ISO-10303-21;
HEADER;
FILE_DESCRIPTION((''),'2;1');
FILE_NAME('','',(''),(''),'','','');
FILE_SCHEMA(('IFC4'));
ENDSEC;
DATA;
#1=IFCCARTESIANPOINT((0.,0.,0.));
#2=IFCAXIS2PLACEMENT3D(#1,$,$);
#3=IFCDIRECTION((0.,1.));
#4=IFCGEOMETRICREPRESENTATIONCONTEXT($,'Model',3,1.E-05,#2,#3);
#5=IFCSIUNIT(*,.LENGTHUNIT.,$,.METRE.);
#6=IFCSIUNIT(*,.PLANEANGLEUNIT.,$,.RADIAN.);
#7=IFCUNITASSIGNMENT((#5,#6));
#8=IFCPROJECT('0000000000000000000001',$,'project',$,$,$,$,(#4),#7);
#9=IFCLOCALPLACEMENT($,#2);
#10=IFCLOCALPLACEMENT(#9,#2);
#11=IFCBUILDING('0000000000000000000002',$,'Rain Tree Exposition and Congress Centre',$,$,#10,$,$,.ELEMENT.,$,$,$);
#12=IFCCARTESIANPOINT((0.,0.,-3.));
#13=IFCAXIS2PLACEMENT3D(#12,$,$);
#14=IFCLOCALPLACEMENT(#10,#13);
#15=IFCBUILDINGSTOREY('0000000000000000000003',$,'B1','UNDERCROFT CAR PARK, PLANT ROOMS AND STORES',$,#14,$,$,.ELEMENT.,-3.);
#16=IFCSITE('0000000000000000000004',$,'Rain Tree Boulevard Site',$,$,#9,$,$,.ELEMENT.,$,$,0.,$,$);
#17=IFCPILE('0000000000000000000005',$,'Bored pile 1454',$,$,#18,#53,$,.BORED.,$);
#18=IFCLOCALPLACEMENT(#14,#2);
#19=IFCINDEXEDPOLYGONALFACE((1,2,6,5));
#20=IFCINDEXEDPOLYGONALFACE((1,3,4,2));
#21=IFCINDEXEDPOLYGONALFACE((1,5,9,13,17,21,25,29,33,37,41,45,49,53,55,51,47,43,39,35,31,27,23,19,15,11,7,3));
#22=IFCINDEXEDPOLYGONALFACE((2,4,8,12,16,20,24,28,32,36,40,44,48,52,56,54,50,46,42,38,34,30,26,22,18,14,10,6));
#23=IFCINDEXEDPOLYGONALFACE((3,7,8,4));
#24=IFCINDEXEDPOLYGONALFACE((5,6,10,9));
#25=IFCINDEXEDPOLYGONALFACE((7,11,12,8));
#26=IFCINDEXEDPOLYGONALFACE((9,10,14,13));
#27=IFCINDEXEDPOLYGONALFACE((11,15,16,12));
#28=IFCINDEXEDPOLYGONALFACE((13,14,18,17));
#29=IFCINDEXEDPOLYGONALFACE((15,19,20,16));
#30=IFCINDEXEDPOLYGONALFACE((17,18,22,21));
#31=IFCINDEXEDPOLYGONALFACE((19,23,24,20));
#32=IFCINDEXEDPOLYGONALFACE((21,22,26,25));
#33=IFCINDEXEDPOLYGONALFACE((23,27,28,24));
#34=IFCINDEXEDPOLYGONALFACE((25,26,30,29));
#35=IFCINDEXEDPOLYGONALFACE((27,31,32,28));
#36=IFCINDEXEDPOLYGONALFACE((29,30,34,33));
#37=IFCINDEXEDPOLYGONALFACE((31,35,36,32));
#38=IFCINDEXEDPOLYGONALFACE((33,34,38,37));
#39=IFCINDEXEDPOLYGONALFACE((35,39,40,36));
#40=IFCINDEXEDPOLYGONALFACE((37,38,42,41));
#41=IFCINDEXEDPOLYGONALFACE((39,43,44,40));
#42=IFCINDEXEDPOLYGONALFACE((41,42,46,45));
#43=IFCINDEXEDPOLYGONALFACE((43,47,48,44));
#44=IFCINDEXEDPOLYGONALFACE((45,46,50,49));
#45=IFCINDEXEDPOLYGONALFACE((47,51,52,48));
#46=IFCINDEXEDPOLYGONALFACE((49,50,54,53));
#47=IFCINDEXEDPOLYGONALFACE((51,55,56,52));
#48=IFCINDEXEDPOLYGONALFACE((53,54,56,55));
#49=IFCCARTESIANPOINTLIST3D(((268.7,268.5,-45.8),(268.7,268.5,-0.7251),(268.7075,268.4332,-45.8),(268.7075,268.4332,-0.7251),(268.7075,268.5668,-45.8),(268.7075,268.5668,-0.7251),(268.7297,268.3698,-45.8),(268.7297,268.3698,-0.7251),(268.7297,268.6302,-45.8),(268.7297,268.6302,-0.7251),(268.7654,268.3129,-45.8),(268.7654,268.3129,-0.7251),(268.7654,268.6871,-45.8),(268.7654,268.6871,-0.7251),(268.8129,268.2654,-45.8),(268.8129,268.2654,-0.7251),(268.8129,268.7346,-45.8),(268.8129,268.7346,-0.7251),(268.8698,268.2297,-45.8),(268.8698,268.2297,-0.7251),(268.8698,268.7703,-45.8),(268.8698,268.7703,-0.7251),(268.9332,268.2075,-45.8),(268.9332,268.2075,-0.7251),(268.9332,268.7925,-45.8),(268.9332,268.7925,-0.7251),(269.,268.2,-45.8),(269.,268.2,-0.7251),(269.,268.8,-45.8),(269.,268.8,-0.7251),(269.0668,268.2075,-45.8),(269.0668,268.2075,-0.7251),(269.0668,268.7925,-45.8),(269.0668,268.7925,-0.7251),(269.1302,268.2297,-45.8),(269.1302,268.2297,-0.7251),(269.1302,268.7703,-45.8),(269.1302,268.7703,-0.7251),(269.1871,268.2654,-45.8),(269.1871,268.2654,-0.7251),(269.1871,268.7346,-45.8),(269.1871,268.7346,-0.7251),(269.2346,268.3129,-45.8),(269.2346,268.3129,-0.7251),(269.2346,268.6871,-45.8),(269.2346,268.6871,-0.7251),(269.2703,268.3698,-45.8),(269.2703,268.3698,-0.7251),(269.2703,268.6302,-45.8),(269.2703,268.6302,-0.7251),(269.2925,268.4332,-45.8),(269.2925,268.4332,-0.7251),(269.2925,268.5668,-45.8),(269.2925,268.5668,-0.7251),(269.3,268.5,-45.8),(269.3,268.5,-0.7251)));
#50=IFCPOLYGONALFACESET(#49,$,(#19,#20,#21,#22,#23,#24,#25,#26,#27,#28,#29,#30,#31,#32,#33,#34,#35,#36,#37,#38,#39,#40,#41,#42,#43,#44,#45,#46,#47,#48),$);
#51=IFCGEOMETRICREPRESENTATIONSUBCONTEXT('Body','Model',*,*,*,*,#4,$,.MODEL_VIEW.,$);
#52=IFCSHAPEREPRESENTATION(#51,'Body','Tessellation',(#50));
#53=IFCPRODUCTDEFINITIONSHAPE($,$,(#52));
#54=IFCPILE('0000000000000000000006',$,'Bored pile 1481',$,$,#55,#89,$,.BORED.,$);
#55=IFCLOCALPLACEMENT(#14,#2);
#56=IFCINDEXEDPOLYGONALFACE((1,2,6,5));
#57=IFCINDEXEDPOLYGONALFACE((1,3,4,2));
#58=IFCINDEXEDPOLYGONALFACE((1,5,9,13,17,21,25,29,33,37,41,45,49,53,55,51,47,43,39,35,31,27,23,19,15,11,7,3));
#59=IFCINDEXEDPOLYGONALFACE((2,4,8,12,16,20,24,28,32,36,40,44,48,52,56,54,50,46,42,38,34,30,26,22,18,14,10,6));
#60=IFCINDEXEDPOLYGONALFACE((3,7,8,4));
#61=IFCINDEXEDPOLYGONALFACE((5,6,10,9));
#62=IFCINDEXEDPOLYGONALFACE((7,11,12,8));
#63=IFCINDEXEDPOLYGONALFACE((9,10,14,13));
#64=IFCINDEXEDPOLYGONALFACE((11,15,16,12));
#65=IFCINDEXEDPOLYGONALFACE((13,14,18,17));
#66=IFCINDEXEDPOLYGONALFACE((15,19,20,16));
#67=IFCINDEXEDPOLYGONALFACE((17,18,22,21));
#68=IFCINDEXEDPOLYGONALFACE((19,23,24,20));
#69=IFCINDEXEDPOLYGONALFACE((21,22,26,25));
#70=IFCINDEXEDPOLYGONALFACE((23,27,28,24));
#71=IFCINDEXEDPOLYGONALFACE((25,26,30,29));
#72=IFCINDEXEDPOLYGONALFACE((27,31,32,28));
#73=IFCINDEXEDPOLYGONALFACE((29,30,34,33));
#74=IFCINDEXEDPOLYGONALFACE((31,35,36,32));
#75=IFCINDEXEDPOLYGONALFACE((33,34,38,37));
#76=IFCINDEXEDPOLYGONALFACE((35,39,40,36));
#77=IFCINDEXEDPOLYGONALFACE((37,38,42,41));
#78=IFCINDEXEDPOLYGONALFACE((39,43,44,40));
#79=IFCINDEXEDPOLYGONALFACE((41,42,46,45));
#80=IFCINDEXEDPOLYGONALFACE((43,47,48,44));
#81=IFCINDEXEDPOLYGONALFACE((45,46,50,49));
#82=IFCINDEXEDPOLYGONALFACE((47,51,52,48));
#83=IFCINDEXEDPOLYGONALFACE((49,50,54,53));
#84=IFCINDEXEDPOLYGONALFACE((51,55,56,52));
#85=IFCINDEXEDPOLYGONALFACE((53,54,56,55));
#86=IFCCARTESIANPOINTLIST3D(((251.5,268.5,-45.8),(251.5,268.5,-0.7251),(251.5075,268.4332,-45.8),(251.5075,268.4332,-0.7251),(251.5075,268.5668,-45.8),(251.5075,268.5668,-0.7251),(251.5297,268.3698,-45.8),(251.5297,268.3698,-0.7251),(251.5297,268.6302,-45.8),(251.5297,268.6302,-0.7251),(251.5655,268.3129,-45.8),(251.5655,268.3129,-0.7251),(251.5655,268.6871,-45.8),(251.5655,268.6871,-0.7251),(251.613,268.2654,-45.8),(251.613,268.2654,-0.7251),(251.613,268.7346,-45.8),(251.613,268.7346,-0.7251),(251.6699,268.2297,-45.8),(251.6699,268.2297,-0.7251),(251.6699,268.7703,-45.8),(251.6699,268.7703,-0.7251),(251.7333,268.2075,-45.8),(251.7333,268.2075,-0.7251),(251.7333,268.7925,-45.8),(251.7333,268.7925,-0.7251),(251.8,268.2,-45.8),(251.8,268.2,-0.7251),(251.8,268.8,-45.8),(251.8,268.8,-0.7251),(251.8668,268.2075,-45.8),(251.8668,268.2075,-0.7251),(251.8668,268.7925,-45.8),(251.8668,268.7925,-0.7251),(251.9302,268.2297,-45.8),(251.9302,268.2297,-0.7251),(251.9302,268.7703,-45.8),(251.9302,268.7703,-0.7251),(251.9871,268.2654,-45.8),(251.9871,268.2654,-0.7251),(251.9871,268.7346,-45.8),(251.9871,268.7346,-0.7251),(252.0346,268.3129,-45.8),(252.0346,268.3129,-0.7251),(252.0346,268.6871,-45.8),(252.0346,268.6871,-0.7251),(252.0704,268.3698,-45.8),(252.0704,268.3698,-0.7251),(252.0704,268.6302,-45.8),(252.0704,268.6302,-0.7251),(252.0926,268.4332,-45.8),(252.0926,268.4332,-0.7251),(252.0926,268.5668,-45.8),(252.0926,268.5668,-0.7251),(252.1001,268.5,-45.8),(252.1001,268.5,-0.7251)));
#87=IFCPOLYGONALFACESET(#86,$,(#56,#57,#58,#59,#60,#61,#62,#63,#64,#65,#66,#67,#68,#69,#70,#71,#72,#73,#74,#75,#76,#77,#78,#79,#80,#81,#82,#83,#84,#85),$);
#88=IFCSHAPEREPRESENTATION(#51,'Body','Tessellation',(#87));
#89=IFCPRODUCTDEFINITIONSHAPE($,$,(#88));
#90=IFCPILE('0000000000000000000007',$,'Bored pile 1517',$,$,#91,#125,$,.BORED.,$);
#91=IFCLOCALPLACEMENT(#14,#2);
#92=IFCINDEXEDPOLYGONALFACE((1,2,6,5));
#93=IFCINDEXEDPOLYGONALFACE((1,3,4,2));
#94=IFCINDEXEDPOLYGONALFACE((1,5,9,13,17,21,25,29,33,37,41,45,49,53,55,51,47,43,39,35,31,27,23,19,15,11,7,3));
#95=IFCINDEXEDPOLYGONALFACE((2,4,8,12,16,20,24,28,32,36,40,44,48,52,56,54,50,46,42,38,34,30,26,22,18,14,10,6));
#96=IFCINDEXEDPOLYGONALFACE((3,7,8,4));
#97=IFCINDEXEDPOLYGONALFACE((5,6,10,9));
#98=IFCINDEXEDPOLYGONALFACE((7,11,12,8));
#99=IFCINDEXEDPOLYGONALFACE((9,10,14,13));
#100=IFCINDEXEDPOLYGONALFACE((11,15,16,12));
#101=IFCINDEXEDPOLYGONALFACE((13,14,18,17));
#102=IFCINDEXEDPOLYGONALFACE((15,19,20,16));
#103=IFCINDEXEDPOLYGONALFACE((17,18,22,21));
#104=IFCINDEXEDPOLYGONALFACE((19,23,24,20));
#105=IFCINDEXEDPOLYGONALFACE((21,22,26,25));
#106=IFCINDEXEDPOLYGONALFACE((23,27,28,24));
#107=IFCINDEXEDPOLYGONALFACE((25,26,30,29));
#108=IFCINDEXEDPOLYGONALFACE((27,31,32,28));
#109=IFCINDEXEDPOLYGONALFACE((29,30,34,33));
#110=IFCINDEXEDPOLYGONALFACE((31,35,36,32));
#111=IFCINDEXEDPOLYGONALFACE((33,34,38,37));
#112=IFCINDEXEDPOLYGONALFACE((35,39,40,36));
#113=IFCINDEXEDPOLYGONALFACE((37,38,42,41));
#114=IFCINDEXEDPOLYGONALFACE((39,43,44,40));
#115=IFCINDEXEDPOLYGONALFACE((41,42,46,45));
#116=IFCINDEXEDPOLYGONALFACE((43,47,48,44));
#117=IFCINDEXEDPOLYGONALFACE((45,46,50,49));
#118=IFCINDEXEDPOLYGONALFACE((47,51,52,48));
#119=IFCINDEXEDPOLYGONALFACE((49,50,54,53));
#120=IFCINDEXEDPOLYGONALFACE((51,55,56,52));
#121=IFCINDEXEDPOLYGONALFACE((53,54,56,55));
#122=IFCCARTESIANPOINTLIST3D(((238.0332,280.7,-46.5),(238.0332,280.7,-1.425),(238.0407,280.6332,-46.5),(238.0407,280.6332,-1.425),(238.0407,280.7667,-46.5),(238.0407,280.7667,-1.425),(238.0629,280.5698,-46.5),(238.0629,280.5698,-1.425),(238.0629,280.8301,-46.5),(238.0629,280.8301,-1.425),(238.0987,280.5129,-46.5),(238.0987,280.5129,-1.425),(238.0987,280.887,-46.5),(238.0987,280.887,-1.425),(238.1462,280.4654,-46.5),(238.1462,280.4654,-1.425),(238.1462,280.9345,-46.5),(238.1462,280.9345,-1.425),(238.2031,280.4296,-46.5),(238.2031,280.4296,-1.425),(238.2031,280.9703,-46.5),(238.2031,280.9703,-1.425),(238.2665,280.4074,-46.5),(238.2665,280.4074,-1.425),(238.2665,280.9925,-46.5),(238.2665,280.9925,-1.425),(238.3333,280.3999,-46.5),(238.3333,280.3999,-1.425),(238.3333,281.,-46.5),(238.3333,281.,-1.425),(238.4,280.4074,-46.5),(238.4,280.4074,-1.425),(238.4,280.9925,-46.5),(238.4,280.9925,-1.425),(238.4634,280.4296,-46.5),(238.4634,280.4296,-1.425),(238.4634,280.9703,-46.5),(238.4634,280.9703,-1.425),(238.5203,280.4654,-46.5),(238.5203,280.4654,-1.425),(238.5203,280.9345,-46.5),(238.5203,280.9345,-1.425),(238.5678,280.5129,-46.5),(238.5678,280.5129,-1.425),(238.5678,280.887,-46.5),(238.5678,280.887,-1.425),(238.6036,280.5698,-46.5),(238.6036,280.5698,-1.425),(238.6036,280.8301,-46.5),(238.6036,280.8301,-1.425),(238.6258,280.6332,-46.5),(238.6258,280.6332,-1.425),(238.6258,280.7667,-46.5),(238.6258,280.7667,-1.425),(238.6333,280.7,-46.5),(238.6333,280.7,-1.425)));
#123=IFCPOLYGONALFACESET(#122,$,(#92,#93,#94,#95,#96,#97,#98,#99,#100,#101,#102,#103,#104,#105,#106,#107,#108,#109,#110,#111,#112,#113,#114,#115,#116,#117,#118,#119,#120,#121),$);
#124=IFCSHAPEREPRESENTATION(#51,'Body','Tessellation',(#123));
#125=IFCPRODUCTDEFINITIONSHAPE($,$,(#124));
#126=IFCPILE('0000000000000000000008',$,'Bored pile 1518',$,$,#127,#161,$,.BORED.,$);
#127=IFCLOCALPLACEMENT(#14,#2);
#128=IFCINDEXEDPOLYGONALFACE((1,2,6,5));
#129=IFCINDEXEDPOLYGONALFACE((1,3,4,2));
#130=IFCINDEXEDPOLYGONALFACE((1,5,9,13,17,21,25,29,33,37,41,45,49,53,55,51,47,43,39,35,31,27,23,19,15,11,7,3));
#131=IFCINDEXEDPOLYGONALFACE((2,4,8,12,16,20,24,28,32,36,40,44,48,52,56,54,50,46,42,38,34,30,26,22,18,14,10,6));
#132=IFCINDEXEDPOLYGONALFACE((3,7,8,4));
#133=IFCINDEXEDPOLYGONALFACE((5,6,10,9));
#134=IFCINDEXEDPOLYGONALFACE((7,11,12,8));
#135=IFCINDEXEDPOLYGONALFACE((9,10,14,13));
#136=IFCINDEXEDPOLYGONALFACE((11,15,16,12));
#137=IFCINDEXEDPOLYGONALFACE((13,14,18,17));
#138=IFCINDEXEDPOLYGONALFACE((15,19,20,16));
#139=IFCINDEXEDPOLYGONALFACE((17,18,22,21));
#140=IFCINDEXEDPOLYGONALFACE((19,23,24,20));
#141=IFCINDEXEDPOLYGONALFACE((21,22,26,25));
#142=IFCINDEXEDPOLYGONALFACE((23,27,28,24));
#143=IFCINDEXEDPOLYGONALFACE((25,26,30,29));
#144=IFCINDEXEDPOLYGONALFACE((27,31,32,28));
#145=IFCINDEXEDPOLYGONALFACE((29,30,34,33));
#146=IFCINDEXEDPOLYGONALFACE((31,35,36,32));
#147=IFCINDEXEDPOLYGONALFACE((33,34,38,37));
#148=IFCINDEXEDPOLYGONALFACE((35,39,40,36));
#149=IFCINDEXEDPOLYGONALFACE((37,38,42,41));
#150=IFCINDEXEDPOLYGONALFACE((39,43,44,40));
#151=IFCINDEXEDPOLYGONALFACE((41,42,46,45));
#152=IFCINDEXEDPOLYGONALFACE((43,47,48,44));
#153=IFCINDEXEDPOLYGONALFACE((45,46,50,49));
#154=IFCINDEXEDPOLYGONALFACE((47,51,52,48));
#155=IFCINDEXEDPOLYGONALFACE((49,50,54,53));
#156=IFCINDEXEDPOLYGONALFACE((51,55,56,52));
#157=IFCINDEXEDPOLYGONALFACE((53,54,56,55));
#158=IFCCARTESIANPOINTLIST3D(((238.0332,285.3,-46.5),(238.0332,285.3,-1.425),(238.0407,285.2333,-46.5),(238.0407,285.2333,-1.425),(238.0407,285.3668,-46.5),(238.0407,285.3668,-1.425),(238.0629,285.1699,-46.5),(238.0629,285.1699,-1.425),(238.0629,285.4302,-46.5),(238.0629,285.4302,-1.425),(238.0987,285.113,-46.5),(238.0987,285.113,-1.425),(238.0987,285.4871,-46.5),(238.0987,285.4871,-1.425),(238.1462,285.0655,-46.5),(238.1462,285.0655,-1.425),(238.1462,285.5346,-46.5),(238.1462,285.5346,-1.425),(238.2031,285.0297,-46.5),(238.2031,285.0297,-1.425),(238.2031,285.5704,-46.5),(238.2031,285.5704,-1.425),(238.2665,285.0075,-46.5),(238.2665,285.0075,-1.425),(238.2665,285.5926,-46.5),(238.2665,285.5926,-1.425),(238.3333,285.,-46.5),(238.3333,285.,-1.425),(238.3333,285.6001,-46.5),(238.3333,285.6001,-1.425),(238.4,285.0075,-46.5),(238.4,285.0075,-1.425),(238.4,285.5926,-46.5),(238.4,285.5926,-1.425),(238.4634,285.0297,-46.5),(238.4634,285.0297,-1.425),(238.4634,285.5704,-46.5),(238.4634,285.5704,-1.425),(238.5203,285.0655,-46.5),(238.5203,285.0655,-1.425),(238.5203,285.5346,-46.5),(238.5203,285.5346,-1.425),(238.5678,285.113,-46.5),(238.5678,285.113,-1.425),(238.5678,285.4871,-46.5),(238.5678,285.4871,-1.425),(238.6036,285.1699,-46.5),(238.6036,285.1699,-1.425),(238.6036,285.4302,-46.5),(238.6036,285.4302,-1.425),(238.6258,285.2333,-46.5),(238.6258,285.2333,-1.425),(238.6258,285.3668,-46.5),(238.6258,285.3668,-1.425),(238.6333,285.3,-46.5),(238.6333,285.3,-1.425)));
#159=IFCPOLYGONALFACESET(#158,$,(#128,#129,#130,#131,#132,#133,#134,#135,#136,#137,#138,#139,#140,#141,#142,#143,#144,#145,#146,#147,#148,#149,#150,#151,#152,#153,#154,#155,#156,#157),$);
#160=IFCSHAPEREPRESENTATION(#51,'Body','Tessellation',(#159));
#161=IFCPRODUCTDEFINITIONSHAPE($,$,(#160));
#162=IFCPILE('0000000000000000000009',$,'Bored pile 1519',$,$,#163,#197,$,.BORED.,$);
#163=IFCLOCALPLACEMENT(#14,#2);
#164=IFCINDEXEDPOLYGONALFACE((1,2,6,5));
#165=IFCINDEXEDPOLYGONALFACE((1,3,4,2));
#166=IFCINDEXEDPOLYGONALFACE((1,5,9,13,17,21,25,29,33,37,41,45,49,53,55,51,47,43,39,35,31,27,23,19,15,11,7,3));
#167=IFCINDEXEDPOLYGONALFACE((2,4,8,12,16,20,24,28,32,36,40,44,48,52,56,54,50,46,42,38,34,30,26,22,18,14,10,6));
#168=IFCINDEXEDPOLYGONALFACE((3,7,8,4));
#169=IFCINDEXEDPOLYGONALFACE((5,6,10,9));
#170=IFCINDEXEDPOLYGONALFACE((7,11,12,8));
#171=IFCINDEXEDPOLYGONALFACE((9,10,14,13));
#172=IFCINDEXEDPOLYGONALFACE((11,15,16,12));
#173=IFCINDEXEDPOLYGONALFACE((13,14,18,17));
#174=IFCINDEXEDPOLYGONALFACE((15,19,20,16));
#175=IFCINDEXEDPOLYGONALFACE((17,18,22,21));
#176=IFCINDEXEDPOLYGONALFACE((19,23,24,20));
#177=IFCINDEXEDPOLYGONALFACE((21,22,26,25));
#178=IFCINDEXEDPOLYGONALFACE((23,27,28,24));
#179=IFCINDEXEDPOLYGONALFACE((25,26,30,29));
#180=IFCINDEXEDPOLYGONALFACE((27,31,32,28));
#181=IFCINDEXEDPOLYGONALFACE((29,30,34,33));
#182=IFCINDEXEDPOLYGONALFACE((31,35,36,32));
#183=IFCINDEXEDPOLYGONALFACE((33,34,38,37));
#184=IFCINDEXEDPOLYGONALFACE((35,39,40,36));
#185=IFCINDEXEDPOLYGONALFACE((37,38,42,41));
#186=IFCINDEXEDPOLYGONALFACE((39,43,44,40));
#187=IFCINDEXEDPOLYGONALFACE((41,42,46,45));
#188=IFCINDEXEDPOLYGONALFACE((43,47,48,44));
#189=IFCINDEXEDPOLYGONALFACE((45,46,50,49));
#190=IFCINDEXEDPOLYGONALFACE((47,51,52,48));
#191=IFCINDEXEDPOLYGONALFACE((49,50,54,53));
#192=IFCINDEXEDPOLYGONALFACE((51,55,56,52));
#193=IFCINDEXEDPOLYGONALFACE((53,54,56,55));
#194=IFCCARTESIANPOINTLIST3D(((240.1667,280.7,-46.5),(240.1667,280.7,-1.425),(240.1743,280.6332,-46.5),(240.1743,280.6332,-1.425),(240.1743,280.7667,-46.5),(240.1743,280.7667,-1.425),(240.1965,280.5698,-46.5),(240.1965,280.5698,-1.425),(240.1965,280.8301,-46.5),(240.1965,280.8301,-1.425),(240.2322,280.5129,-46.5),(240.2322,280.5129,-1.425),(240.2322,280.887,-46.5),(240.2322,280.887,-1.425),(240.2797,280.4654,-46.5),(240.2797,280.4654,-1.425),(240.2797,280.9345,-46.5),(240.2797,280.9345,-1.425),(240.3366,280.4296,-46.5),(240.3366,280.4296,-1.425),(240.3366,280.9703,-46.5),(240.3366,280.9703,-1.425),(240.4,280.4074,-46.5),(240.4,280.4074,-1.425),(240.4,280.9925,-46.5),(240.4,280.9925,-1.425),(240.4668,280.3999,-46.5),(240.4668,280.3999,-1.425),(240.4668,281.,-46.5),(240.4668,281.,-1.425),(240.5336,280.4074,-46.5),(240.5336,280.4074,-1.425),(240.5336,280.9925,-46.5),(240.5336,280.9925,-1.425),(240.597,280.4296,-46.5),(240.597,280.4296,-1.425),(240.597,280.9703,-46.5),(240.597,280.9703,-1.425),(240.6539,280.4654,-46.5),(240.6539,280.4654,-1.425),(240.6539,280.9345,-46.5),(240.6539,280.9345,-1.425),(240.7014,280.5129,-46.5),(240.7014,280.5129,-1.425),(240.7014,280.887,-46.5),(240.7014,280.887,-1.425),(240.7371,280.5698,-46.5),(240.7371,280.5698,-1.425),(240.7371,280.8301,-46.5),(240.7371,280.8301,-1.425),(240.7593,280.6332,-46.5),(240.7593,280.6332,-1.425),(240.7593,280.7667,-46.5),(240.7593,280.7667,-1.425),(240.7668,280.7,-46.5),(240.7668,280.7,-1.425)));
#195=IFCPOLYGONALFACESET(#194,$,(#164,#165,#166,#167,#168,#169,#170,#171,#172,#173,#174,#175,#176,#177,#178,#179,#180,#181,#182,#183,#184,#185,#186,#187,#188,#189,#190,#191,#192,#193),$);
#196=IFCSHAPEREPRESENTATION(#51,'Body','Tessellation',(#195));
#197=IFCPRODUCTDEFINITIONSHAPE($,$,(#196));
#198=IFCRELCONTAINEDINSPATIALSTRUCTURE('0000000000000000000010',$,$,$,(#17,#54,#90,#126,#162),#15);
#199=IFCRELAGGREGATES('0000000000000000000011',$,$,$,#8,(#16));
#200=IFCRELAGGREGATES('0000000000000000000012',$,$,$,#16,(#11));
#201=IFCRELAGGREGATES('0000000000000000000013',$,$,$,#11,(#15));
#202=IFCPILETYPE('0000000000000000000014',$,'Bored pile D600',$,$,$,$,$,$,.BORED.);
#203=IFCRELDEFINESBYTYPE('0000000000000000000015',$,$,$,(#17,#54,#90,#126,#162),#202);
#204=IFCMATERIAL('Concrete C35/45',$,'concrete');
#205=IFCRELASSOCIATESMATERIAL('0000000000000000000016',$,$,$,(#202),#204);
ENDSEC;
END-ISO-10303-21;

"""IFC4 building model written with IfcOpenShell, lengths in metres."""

from ifc_helpers import new_model, si_unit, direction, frame, origin, origin_2d, place, context, subcontext, project, spatial, circle, extrude, material, material_profile, profile_set, type_object, element, save


model = new_model("IFC4")

# Units and contexts
model_context = context("Model", 3, precision=1e-05, world=origin(), true_north=direction((0.0, 1.0)))
body_context = subcontext(model_context, "Body", "Model", "MODEL_VIEW")
ifc_project = project(units=[si_unit("LENGTHUNIT", "METRE"), si_unit("PLANEANGLEUNIT", "RADIAN")], contexts=[model_context])

# Site, building, storey
site_placement = place(None, origin())
site = spatial("IfcSite", under=ifc_project, at=site_placement, Name="Rain Tree Boulevard Site", CompositionType="ELEMENT", RefElevation=0.0)
building_placement = place(site_placement, origin())
building = spatial("IfcBuilding", under=site, at=building_placement, Name="Rain Tree Exposition and Congress Centre", CompositionType="ELEMENT")
storey_placement = place(building_placement, frame((0.0, 0.0, -3.0)))
storey = spatial("IfcBuildingStorey", under=building, at=storey_placement, Name="B1", Description="UNDERCROFT CAR PARK, PLANT ROOMS AND STORES", CompositionType="ELEMENT", Elevation=-3.0)

# Piles
ifc_material_1 = material(Name="Concrete C35/45", Category="concrete")
ifc_material_profile_1 = material_profile(ifc_material_1, circle(Radius=0.3, at=origin_2d()), Name="D600")
ifc_profile_set_1 = profile_set([ifc_material_profile_1], Name="Concrete C35/45")
pile_type_1 = type_object("IfcPileType", Name="Bored pile D600", PredefinedType="BORED", material=ifc_profile_set_1)
for number, where, z_axis, x_axis, name in (
    (1, (269.0, 268.5, -0.7251), (0.0, 0.0, -1.0), (1.0, 0.0, 0.0), "Bored pile 1454"),
    (2, (251.8, 268.5, -0.7251), (0.0, 0.0, -1.0), (1.0, 0.0, 0.0), "Bored pile 1481"),
    (3, (238.3333, 280.7, -1.425), (0.0, 0.0, -1.0), (1.0, 0.0, 0.0), "Bored pile 1517"),
    (4, (238.3333, 285.3, -1.425), (0.0, 0.0, -1.0), (1.0, 0.0, 0.0), "Bored pile 1518"),
    (5, (240.4668, 280.7, -1.425), (0.0, 0.0, -1.0), (1.0, 0.0, 0.0), "Bored pile 1519"),
):
    element("IfcPile", number, at=place(storey_placement, frame(where, z_axis=z_axis, x_axis=x_axis)), inside=storey, type_object=pile_type_1, Name=name, PredefinedType="BORED", context=body_context, shape_type="SweptSolid", body=[
        extrude(circle(Radius=0.3, at=origin_2d()), origin(), (0.0, 0.0, 1.0), 45.075),
    ])

save(model, "model.ifc")
